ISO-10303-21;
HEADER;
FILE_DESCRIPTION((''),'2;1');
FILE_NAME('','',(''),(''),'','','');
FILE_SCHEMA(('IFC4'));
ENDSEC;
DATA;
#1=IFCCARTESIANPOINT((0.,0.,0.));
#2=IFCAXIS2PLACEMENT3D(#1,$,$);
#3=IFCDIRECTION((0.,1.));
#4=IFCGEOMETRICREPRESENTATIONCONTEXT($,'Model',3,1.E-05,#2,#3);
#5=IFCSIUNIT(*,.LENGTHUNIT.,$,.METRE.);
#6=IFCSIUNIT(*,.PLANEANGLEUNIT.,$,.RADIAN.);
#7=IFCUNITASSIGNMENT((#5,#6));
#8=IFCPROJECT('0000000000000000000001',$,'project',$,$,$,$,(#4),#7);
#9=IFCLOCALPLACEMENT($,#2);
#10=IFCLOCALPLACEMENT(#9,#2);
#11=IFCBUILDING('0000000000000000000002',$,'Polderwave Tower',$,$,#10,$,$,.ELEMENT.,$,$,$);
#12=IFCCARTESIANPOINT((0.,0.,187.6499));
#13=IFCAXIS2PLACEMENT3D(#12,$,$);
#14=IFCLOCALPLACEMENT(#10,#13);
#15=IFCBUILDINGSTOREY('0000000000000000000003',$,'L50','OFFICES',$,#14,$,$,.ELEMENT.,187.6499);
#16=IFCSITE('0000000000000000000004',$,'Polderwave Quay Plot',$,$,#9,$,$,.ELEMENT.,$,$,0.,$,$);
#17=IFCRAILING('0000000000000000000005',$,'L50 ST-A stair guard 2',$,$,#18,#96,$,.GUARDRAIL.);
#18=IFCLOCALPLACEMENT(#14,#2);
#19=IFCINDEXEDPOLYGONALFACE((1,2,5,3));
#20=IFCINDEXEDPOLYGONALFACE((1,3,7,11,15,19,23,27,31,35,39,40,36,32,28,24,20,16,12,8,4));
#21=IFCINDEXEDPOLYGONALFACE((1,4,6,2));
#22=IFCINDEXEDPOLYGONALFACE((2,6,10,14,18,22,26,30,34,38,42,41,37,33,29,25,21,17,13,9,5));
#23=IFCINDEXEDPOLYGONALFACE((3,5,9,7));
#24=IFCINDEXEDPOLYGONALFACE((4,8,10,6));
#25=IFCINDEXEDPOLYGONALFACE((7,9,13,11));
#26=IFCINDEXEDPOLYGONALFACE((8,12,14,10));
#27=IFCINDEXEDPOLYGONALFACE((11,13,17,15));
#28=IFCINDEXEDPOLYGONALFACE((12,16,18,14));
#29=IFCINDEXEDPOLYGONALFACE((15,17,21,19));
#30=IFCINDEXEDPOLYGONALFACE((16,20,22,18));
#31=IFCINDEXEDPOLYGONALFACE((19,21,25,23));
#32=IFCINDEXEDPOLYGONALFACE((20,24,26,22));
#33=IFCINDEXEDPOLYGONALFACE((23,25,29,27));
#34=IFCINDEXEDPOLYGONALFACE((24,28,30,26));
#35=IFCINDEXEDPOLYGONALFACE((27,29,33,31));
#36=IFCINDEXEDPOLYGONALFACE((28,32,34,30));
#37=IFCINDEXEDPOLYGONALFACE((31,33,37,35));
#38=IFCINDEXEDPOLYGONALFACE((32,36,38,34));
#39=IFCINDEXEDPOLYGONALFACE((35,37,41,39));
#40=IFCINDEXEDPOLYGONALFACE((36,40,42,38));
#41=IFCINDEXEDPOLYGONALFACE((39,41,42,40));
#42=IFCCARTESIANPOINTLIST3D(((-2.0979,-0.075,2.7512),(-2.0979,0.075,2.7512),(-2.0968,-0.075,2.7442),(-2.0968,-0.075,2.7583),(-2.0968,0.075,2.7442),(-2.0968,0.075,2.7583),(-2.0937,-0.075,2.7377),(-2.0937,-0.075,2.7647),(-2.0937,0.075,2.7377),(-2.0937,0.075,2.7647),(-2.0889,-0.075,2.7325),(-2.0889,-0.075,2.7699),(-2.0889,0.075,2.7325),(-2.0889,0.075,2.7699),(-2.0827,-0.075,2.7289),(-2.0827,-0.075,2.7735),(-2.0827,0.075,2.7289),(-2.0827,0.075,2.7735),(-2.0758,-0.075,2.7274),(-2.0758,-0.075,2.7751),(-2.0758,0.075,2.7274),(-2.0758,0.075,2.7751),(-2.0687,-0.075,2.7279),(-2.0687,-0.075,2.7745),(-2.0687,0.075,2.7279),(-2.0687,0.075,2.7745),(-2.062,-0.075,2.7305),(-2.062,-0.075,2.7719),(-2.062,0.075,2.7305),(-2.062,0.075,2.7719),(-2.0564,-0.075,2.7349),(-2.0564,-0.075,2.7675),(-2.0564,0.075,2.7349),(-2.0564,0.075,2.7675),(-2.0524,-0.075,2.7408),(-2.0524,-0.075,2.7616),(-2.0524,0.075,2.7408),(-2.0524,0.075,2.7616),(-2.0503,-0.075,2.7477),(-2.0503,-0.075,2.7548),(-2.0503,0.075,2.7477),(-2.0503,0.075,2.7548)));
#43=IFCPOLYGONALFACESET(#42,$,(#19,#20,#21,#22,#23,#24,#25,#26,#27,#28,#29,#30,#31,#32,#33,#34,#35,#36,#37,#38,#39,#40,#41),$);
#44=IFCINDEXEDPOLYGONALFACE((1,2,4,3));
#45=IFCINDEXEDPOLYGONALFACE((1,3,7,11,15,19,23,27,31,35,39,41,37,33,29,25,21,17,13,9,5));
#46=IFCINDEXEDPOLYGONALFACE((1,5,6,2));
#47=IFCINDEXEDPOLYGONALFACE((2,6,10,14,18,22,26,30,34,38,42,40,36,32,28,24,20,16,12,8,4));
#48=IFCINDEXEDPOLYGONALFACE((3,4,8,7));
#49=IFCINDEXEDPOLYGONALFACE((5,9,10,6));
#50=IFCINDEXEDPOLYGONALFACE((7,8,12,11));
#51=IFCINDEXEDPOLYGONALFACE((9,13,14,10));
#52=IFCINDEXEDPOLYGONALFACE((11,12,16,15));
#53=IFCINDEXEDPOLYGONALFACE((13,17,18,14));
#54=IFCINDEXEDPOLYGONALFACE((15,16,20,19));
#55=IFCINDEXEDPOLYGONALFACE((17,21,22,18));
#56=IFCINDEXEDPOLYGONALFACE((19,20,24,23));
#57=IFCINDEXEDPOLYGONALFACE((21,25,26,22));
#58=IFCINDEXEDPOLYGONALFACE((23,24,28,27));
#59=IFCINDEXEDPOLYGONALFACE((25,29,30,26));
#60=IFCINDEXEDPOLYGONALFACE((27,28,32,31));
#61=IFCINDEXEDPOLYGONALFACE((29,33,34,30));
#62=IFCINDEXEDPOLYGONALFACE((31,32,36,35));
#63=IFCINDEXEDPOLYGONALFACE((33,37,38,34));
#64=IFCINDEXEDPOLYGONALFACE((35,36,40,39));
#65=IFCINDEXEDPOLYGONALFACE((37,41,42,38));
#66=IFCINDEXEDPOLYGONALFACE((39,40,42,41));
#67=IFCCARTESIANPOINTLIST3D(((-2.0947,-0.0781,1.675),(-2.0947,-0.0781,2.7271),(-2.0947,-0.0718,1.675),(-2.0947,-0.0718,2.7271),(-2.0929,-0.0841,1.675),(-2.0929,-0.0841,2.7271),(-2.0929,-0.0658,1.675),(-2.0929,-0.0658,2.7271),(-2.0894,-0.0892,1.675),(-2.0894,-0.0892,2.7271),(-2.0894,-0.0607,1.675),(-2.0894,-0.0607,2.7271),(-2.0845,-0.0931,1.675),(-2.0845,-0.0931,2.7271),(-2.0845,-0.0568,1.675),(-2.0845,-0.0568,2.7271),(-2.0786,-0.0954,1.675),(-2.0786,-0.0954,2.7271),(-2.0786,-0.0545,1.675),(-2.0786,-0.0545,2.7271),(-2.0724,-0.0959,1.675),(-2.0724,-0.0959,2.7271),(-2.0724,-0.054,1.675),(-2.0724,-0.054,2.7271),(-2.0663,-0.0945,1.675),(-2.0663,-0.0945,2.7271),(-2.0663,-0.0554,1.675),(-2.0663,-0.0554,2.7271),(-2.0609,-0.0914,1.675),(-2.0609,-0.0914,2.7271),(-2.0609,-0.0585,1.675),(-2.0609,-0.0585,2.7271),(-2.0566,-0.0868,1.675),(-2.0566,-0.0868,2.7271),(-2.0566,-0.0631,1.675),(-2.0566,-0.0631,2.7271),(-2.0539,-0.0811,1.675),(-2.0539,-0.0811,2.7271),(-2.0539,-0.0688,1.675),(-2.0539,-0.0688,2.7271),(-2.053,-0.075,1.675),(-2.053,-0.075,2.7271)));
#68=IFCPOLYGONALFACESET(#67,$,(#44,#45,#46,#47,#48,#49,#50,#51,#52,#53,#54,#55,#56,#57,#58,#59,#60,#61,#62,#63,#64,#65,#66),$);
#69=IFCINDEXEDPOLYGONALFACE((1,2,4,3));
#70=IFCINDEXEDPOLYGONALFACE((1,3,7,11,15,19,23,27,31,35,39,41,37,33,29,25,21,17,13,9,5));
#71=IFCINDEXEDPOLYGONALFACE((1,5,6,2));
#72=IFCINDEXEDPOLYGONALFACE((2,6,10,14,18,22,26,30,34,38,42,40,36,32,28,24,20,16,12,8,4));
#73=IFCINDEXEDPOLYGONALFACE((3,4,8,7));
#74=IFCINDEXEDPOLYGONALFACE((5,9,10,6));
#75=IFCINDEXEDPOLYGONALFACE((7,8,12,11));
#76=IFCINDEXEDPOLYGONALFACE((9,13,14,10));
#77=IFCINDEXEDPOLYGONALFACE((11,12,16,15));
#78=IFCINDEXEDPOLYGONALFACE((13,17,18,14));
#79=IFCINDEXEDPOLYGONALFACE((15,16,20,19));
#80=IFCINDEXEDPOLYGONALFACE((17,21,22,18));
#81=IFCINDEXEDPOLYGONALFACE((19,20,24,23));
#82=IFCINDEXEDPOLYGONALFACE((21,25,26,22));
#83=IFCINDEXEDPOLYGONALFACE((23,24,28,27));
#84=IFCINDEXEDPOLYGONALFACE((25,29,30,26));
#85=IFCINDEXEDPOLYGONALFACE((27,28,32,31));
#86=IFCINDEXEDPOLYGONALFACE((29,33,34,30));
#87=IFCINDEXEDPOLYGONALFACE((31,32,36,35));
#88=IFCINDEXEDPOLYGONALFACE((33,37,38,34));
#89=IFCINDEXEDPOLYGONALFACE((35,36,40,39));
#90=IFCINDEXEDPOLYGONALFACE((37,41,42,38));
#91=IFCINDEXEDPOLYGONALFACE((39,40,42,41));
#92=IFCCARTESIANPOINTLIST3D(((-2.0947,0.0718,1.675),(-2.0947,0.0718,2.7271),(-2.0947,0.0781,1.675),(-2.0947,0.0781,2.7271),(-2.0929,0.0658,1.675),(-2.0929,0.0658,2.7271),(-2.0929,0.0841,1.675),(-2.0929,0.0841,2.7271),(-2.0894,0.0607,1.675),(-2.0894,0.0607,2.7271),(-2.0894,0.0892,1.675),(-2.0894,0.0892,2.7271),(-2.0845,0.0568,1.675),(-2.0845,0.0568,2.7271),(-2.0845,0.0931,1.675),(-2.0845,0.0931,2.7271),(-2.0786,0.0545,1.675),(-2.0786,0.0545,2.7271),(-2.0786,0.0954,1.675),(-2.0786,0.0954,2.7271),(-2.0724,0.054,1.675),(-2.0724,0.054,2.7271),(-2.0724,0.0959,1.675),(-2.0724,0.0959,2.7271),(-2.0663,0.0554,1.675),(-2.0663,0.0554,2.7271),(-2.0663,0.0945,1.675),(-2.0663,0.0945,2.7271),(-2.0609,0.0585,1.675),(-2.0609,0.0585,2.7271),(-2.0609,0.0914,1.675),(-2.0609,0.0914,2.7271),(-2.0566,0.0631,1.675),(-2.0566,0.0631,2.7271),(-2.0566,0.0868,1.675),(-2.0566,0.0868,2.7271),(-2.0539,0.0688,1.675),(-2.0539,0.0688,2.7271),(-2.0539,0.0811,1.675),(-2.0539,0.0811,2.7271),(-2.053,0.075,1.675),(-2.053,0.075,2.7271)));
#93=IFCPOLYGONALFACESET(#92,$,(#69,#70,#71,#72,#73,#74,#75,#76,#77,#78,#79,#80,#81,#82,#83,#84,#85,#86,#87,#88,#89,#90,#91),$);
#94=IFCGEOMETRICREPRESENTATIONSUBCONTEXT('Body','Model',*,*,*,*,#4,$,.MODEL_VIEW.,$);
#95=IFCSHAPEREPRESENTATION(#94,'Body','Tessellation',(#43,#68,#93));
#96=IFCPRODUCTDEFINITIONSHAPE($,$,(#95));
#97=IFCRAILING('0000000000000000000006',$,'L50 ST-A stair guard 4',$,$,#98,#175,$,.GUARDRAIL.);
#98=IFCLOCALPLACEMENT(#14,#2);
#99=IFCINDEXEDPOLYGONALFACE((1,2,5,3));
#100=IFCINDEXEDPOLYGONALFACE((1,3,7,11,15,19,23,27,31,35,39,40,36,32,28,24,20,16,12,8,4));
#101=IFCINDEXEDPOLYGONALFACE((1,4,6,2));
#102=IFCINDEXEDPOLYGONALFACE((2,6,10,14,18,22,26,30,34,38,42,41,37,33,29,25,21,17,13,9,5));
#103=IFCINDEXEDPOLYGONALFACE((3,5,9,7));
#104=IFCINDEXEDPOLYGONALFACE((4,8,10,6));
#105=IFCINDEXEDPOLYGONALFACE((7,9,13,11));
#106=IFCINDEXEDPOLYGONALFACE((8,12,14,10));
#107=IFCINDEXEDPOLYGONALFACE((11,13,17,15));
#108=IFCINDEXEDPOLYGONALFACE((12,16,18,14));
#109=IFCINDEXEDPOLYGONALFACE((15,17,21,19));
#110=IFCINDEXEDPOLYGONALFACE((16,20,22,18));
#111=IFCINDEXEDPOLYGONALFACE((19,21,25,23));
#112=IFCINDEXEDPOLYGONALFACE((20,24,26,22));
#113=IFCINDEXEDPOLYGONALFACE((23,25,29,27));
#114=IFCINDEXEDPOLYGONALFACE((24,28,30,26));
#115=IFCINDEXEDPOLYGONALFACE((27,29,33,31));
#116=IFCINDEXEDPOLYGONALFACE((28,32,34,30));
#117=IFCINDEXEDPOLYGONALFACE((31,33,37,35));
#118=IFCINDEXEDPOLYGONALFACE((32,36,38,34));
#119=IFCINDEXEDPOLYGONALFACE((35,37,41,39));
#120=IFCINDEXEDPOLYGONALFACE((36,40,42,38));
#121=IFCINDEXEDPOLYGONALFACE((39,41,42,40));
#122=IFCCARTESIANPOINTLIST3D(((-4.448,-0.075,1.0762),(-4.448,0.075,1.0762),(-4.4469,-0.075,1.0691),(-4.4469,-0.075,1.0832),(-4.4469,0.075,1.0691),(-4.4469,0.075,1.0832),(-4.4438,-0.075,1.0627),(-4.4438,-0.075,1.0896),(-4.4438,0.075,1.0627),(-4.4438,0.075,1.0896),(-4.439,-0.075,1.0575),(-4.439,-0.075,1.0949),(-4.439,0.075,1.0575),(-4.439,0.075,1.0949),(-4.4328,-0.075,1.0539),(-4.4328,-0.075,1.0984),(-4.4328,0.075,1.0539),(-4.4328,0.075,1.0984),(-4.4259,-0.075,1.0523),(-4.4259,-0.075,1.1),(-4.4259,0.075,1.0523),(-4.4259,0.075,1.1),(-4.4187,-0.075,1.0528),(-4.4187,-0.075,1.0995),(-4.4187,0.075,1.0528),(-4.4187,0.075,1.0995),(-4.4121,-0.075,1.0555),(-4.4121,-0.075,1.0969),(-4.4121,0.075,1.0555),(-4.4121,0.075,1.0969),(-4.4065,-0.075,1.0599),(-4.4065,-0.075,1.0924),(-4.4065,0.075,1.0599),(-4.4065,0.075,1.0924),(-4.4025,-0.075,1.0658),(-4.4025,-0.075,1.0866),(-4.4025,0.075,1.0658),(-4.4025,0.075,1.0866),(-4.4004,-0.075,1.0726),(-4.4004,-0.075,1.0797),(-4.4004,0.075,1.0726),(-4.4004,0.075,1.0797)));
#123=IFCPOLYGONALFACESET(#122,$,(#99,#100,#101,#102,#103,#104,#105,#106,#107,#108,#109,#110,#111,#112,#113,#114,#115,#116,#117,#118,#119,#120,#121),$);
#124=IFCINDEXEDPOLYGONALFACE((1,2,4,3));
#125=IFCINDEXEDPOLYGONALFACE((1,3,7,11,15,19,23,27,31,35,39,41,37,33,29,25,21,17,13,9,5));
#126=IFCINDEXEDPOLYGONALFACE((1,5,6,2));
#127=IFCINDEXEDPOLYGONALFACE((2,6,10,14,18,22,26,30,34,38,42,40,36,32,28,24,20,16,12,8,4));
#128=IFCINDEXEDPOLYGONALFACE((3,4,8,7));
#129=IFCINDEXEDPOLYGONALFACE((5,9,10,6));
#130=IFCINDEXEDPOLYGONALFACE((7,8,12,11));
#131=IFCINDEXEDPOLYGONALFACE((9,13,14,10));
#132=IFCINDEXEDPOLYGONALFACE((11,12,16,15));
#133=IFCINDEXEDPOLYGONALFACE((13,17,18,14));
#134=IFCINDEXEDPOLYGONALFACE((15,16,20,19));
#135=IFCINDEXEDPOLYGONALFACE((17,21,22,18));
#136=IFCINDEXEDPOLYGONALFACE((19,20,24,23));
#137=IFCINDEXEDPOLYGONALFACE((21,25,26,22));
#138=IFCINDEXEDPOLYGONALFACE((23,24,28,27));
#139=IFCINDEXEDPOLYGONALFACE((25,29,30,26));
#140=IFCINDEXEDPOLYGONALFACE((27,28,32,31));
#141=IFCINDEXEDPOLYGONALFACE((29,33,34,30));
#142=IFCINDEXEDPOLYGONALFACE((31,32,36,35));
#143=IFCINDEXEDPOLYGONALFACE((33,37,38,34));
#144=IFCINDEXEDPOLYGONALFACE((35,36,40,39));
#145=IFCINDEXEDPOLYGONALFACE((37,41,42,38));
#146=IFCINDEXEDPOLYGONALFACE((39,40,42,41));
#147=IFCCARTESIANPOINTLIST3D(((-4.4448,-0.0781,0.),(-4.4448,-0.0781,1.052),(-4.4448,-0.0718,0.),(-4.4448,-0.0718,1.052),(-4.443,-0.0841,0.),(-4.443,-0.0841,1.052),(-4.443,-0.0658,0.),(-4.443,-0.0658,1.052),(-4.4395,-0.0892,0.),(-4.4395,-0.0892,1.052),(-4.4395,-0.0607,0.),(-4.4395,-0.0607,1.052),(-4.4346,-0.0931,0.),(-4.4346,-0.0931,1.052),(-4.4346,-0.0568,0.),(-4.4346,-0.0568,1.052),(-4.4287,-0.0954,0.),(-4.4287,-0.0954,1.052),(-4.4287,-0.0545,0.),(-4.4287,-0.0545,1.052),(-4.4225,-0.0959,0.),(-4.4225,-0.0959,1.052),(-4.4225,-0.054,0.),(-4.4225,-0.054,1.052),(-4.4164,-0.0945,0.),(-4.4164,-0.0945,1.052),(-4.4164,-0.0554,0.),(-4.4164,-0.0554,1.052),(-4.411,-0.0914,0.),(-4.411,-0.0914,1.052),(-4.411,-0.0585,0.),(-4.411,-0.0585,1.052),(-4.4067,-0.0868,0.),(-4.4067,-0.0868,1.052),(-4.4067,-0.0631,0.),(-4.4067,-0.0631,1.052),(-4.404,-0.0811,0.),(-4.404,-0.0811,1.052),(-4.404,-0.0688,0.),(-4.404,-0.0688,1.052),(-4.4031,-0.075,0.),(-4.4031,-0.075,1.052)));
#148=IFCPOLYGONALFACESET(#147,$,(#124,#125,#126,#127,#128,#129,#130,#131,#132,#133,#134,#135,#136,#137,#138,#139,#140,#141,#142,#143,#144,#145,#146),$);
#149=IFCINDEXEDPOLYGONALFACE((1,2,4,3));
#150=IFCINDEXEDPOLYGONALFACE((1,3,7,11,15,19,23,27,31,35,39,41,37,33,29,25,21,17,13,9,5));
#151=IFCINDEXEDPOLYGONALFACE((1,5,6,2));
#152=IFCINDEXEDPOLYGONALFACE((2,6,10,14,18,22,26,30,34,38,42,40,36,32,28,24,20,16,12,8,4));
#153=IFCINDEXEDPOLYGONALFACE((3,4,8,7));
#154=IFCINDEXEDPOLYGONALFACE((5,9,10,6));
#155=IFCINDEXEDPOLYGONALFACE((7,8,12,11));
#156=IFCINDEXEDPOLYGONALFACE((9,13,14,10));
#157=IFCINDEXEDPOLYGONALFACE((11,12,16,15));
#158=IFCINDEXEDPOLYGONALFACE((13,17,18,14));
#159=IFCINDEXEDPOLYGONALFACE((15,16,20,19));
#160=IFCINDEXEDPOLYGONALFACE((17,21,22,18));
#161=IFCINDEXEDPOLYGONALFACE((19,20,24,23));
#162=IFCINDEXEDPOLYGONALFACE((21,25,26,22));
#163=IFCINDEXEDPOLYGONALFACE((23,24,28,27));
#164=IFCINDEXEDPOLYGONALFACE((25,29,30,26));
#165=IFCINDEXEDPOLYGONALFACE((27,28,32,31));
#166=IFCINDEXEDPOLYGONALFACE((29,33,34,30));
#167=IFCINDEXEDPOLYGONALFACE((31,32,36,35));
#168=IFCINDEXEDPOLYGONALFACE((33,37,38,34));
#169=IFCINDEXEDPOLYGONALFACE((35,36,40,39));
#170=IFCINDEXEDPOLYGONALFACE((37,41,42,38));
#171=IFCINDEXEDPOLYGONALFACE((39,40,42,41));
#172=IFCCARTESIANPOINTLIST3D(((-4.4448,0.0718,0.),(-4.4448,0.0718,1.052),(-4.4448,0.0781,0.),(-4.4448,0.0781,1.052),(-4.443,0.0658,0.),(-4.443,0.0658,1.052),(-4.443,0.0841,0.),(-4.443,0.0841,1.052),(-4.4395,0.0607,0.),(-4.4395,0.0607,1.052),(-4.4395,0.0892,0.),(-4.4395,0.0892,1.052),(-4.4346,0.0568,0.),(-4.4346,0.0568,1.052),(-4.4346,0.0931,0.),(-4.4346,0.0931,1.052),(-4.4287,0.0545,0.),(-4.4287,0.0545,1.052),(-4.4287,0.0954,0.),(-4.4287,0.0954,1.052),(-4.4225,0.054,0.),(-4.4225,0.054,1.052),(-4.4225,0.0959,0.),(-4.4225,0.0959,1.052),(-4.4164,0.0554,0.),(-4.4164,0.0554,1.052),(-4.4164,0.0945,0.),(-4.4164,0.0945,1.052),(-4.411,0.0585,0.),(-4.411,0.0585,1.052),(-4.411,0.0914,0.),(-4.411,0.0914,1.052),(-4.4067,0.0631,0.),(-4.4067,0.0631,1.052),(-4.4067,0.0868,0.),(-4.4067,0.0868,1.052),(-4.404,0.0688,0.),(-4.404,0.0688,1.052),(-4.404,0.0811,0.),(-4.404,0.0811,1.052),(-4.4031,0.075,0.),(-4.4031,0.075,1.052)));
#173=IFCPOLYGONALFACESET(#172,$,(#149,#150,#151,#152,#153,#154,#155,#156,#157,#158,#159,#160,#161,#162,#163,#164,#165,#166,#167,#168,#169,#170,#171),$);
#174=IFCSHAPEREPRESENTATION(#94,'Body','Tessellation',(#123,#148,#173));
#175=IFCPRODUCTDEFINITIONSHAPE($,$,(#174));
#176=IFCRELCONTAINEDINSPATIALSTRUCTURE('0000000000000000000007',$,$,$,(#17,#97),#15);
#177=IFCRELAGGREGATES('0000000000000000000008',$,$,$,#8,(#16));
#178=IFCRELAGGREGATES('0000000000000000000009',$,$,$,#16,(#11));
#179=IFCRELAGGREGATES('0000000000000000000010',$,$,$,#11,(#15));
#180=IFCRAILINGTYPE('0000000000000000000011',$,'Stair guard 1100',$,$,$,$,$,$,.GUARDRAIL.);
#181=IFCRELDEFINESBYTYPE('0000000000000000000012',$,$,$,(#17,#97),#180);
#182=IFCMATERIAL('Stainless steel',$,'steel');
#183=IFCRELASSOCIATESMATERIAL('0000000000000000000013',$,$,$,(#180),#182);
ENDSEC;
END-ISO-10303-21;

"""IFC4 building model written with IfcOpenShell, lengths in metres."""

from ifc_helpers import new_model, si_unit, direction, frame, origin, origin_2d, place, context, subcontext, project, spatial, circle, extrude, material, type_object, element, save


model = new_model("IFC4")

# Units and contexts
model_context = context("Model", 3, precision=1e-05, world=origin(), true_north=direction((0.0, 1.0)))
body_context = subcontext(model_context, "Body", "Model", "MODEL_VIEW")
ifc_project = project(units=[si_unit("LENGTHUNIT", "METRE"), si_unit("PLANEANGLEUNIT", "RADIAN")], contexts=[model_context])

# Site, building, storey
site_placement = place(None, origin())
site = spatial("IfcSite", under=ifc_project, at=site_placement, Name="Polderwave Quay Plot", CompositionType="ELEMENT", RefElevation=0.0)
building_placement = place(site_placement, origin())
building = spatial("IfcBuilding", under=site, at=building_placement, Name="Polderwave Tower", CompositionType="ELEMENT")
storey_placement = place(building_placement, frame((0.0, 0.0, 187.6499)))
storey = spatial("IfcBuildingStorey", under=building, at=storey_placement, Name="L50", Description="OFFICES", CompositionType="ELEMENT", Elevation=187.6499)

# Shared definitions
ifc_material_1 = material(Name="Stainless steel", Category="steel")

# Railings
railing_type_1 = type_object("IfcRailingType", Name="Stair guard 1100", PredefinedType="GUARDRAIL", material=ifc_material_1)
for number, where, name in (
    (1, (-2.074, -0.075, 1.675), "L50 ST-A stair guard 2"),
    (2, (-4.4241, -0.075, 0.0), "L50 ST-A stair guard 4"),
):
    element("IfcRailing", number, at=place(storey_placement, frame(where)), inside=storey, type_object=railing_type_1, Name=name, PredefinedType="GUARDRAIL", context=body_context, shape_type="SweptSolid", body=[
        extrude(circle(Radius=0.0239, at=origin_2d()), frame((0.0, 0.0, 1.0762), z_axis=(0.0, 1.0, 0.0), x_axis=(-1.0, 0.0, 0.0)), (0.0, 0.0, 1.0), 0.1499),
        extrude(circle(Radius=0.021, at=origin_2d()), origin(), (0.0, 0.0, 1.0), 1.052),
        extrude(circle(Radius=0.021, at=origin_2d()), frame((0.0, 0.1499, 0.0)), (0.0, 0.0, 1.0), 1.052),
    ])

save(model, "model.ifc")
